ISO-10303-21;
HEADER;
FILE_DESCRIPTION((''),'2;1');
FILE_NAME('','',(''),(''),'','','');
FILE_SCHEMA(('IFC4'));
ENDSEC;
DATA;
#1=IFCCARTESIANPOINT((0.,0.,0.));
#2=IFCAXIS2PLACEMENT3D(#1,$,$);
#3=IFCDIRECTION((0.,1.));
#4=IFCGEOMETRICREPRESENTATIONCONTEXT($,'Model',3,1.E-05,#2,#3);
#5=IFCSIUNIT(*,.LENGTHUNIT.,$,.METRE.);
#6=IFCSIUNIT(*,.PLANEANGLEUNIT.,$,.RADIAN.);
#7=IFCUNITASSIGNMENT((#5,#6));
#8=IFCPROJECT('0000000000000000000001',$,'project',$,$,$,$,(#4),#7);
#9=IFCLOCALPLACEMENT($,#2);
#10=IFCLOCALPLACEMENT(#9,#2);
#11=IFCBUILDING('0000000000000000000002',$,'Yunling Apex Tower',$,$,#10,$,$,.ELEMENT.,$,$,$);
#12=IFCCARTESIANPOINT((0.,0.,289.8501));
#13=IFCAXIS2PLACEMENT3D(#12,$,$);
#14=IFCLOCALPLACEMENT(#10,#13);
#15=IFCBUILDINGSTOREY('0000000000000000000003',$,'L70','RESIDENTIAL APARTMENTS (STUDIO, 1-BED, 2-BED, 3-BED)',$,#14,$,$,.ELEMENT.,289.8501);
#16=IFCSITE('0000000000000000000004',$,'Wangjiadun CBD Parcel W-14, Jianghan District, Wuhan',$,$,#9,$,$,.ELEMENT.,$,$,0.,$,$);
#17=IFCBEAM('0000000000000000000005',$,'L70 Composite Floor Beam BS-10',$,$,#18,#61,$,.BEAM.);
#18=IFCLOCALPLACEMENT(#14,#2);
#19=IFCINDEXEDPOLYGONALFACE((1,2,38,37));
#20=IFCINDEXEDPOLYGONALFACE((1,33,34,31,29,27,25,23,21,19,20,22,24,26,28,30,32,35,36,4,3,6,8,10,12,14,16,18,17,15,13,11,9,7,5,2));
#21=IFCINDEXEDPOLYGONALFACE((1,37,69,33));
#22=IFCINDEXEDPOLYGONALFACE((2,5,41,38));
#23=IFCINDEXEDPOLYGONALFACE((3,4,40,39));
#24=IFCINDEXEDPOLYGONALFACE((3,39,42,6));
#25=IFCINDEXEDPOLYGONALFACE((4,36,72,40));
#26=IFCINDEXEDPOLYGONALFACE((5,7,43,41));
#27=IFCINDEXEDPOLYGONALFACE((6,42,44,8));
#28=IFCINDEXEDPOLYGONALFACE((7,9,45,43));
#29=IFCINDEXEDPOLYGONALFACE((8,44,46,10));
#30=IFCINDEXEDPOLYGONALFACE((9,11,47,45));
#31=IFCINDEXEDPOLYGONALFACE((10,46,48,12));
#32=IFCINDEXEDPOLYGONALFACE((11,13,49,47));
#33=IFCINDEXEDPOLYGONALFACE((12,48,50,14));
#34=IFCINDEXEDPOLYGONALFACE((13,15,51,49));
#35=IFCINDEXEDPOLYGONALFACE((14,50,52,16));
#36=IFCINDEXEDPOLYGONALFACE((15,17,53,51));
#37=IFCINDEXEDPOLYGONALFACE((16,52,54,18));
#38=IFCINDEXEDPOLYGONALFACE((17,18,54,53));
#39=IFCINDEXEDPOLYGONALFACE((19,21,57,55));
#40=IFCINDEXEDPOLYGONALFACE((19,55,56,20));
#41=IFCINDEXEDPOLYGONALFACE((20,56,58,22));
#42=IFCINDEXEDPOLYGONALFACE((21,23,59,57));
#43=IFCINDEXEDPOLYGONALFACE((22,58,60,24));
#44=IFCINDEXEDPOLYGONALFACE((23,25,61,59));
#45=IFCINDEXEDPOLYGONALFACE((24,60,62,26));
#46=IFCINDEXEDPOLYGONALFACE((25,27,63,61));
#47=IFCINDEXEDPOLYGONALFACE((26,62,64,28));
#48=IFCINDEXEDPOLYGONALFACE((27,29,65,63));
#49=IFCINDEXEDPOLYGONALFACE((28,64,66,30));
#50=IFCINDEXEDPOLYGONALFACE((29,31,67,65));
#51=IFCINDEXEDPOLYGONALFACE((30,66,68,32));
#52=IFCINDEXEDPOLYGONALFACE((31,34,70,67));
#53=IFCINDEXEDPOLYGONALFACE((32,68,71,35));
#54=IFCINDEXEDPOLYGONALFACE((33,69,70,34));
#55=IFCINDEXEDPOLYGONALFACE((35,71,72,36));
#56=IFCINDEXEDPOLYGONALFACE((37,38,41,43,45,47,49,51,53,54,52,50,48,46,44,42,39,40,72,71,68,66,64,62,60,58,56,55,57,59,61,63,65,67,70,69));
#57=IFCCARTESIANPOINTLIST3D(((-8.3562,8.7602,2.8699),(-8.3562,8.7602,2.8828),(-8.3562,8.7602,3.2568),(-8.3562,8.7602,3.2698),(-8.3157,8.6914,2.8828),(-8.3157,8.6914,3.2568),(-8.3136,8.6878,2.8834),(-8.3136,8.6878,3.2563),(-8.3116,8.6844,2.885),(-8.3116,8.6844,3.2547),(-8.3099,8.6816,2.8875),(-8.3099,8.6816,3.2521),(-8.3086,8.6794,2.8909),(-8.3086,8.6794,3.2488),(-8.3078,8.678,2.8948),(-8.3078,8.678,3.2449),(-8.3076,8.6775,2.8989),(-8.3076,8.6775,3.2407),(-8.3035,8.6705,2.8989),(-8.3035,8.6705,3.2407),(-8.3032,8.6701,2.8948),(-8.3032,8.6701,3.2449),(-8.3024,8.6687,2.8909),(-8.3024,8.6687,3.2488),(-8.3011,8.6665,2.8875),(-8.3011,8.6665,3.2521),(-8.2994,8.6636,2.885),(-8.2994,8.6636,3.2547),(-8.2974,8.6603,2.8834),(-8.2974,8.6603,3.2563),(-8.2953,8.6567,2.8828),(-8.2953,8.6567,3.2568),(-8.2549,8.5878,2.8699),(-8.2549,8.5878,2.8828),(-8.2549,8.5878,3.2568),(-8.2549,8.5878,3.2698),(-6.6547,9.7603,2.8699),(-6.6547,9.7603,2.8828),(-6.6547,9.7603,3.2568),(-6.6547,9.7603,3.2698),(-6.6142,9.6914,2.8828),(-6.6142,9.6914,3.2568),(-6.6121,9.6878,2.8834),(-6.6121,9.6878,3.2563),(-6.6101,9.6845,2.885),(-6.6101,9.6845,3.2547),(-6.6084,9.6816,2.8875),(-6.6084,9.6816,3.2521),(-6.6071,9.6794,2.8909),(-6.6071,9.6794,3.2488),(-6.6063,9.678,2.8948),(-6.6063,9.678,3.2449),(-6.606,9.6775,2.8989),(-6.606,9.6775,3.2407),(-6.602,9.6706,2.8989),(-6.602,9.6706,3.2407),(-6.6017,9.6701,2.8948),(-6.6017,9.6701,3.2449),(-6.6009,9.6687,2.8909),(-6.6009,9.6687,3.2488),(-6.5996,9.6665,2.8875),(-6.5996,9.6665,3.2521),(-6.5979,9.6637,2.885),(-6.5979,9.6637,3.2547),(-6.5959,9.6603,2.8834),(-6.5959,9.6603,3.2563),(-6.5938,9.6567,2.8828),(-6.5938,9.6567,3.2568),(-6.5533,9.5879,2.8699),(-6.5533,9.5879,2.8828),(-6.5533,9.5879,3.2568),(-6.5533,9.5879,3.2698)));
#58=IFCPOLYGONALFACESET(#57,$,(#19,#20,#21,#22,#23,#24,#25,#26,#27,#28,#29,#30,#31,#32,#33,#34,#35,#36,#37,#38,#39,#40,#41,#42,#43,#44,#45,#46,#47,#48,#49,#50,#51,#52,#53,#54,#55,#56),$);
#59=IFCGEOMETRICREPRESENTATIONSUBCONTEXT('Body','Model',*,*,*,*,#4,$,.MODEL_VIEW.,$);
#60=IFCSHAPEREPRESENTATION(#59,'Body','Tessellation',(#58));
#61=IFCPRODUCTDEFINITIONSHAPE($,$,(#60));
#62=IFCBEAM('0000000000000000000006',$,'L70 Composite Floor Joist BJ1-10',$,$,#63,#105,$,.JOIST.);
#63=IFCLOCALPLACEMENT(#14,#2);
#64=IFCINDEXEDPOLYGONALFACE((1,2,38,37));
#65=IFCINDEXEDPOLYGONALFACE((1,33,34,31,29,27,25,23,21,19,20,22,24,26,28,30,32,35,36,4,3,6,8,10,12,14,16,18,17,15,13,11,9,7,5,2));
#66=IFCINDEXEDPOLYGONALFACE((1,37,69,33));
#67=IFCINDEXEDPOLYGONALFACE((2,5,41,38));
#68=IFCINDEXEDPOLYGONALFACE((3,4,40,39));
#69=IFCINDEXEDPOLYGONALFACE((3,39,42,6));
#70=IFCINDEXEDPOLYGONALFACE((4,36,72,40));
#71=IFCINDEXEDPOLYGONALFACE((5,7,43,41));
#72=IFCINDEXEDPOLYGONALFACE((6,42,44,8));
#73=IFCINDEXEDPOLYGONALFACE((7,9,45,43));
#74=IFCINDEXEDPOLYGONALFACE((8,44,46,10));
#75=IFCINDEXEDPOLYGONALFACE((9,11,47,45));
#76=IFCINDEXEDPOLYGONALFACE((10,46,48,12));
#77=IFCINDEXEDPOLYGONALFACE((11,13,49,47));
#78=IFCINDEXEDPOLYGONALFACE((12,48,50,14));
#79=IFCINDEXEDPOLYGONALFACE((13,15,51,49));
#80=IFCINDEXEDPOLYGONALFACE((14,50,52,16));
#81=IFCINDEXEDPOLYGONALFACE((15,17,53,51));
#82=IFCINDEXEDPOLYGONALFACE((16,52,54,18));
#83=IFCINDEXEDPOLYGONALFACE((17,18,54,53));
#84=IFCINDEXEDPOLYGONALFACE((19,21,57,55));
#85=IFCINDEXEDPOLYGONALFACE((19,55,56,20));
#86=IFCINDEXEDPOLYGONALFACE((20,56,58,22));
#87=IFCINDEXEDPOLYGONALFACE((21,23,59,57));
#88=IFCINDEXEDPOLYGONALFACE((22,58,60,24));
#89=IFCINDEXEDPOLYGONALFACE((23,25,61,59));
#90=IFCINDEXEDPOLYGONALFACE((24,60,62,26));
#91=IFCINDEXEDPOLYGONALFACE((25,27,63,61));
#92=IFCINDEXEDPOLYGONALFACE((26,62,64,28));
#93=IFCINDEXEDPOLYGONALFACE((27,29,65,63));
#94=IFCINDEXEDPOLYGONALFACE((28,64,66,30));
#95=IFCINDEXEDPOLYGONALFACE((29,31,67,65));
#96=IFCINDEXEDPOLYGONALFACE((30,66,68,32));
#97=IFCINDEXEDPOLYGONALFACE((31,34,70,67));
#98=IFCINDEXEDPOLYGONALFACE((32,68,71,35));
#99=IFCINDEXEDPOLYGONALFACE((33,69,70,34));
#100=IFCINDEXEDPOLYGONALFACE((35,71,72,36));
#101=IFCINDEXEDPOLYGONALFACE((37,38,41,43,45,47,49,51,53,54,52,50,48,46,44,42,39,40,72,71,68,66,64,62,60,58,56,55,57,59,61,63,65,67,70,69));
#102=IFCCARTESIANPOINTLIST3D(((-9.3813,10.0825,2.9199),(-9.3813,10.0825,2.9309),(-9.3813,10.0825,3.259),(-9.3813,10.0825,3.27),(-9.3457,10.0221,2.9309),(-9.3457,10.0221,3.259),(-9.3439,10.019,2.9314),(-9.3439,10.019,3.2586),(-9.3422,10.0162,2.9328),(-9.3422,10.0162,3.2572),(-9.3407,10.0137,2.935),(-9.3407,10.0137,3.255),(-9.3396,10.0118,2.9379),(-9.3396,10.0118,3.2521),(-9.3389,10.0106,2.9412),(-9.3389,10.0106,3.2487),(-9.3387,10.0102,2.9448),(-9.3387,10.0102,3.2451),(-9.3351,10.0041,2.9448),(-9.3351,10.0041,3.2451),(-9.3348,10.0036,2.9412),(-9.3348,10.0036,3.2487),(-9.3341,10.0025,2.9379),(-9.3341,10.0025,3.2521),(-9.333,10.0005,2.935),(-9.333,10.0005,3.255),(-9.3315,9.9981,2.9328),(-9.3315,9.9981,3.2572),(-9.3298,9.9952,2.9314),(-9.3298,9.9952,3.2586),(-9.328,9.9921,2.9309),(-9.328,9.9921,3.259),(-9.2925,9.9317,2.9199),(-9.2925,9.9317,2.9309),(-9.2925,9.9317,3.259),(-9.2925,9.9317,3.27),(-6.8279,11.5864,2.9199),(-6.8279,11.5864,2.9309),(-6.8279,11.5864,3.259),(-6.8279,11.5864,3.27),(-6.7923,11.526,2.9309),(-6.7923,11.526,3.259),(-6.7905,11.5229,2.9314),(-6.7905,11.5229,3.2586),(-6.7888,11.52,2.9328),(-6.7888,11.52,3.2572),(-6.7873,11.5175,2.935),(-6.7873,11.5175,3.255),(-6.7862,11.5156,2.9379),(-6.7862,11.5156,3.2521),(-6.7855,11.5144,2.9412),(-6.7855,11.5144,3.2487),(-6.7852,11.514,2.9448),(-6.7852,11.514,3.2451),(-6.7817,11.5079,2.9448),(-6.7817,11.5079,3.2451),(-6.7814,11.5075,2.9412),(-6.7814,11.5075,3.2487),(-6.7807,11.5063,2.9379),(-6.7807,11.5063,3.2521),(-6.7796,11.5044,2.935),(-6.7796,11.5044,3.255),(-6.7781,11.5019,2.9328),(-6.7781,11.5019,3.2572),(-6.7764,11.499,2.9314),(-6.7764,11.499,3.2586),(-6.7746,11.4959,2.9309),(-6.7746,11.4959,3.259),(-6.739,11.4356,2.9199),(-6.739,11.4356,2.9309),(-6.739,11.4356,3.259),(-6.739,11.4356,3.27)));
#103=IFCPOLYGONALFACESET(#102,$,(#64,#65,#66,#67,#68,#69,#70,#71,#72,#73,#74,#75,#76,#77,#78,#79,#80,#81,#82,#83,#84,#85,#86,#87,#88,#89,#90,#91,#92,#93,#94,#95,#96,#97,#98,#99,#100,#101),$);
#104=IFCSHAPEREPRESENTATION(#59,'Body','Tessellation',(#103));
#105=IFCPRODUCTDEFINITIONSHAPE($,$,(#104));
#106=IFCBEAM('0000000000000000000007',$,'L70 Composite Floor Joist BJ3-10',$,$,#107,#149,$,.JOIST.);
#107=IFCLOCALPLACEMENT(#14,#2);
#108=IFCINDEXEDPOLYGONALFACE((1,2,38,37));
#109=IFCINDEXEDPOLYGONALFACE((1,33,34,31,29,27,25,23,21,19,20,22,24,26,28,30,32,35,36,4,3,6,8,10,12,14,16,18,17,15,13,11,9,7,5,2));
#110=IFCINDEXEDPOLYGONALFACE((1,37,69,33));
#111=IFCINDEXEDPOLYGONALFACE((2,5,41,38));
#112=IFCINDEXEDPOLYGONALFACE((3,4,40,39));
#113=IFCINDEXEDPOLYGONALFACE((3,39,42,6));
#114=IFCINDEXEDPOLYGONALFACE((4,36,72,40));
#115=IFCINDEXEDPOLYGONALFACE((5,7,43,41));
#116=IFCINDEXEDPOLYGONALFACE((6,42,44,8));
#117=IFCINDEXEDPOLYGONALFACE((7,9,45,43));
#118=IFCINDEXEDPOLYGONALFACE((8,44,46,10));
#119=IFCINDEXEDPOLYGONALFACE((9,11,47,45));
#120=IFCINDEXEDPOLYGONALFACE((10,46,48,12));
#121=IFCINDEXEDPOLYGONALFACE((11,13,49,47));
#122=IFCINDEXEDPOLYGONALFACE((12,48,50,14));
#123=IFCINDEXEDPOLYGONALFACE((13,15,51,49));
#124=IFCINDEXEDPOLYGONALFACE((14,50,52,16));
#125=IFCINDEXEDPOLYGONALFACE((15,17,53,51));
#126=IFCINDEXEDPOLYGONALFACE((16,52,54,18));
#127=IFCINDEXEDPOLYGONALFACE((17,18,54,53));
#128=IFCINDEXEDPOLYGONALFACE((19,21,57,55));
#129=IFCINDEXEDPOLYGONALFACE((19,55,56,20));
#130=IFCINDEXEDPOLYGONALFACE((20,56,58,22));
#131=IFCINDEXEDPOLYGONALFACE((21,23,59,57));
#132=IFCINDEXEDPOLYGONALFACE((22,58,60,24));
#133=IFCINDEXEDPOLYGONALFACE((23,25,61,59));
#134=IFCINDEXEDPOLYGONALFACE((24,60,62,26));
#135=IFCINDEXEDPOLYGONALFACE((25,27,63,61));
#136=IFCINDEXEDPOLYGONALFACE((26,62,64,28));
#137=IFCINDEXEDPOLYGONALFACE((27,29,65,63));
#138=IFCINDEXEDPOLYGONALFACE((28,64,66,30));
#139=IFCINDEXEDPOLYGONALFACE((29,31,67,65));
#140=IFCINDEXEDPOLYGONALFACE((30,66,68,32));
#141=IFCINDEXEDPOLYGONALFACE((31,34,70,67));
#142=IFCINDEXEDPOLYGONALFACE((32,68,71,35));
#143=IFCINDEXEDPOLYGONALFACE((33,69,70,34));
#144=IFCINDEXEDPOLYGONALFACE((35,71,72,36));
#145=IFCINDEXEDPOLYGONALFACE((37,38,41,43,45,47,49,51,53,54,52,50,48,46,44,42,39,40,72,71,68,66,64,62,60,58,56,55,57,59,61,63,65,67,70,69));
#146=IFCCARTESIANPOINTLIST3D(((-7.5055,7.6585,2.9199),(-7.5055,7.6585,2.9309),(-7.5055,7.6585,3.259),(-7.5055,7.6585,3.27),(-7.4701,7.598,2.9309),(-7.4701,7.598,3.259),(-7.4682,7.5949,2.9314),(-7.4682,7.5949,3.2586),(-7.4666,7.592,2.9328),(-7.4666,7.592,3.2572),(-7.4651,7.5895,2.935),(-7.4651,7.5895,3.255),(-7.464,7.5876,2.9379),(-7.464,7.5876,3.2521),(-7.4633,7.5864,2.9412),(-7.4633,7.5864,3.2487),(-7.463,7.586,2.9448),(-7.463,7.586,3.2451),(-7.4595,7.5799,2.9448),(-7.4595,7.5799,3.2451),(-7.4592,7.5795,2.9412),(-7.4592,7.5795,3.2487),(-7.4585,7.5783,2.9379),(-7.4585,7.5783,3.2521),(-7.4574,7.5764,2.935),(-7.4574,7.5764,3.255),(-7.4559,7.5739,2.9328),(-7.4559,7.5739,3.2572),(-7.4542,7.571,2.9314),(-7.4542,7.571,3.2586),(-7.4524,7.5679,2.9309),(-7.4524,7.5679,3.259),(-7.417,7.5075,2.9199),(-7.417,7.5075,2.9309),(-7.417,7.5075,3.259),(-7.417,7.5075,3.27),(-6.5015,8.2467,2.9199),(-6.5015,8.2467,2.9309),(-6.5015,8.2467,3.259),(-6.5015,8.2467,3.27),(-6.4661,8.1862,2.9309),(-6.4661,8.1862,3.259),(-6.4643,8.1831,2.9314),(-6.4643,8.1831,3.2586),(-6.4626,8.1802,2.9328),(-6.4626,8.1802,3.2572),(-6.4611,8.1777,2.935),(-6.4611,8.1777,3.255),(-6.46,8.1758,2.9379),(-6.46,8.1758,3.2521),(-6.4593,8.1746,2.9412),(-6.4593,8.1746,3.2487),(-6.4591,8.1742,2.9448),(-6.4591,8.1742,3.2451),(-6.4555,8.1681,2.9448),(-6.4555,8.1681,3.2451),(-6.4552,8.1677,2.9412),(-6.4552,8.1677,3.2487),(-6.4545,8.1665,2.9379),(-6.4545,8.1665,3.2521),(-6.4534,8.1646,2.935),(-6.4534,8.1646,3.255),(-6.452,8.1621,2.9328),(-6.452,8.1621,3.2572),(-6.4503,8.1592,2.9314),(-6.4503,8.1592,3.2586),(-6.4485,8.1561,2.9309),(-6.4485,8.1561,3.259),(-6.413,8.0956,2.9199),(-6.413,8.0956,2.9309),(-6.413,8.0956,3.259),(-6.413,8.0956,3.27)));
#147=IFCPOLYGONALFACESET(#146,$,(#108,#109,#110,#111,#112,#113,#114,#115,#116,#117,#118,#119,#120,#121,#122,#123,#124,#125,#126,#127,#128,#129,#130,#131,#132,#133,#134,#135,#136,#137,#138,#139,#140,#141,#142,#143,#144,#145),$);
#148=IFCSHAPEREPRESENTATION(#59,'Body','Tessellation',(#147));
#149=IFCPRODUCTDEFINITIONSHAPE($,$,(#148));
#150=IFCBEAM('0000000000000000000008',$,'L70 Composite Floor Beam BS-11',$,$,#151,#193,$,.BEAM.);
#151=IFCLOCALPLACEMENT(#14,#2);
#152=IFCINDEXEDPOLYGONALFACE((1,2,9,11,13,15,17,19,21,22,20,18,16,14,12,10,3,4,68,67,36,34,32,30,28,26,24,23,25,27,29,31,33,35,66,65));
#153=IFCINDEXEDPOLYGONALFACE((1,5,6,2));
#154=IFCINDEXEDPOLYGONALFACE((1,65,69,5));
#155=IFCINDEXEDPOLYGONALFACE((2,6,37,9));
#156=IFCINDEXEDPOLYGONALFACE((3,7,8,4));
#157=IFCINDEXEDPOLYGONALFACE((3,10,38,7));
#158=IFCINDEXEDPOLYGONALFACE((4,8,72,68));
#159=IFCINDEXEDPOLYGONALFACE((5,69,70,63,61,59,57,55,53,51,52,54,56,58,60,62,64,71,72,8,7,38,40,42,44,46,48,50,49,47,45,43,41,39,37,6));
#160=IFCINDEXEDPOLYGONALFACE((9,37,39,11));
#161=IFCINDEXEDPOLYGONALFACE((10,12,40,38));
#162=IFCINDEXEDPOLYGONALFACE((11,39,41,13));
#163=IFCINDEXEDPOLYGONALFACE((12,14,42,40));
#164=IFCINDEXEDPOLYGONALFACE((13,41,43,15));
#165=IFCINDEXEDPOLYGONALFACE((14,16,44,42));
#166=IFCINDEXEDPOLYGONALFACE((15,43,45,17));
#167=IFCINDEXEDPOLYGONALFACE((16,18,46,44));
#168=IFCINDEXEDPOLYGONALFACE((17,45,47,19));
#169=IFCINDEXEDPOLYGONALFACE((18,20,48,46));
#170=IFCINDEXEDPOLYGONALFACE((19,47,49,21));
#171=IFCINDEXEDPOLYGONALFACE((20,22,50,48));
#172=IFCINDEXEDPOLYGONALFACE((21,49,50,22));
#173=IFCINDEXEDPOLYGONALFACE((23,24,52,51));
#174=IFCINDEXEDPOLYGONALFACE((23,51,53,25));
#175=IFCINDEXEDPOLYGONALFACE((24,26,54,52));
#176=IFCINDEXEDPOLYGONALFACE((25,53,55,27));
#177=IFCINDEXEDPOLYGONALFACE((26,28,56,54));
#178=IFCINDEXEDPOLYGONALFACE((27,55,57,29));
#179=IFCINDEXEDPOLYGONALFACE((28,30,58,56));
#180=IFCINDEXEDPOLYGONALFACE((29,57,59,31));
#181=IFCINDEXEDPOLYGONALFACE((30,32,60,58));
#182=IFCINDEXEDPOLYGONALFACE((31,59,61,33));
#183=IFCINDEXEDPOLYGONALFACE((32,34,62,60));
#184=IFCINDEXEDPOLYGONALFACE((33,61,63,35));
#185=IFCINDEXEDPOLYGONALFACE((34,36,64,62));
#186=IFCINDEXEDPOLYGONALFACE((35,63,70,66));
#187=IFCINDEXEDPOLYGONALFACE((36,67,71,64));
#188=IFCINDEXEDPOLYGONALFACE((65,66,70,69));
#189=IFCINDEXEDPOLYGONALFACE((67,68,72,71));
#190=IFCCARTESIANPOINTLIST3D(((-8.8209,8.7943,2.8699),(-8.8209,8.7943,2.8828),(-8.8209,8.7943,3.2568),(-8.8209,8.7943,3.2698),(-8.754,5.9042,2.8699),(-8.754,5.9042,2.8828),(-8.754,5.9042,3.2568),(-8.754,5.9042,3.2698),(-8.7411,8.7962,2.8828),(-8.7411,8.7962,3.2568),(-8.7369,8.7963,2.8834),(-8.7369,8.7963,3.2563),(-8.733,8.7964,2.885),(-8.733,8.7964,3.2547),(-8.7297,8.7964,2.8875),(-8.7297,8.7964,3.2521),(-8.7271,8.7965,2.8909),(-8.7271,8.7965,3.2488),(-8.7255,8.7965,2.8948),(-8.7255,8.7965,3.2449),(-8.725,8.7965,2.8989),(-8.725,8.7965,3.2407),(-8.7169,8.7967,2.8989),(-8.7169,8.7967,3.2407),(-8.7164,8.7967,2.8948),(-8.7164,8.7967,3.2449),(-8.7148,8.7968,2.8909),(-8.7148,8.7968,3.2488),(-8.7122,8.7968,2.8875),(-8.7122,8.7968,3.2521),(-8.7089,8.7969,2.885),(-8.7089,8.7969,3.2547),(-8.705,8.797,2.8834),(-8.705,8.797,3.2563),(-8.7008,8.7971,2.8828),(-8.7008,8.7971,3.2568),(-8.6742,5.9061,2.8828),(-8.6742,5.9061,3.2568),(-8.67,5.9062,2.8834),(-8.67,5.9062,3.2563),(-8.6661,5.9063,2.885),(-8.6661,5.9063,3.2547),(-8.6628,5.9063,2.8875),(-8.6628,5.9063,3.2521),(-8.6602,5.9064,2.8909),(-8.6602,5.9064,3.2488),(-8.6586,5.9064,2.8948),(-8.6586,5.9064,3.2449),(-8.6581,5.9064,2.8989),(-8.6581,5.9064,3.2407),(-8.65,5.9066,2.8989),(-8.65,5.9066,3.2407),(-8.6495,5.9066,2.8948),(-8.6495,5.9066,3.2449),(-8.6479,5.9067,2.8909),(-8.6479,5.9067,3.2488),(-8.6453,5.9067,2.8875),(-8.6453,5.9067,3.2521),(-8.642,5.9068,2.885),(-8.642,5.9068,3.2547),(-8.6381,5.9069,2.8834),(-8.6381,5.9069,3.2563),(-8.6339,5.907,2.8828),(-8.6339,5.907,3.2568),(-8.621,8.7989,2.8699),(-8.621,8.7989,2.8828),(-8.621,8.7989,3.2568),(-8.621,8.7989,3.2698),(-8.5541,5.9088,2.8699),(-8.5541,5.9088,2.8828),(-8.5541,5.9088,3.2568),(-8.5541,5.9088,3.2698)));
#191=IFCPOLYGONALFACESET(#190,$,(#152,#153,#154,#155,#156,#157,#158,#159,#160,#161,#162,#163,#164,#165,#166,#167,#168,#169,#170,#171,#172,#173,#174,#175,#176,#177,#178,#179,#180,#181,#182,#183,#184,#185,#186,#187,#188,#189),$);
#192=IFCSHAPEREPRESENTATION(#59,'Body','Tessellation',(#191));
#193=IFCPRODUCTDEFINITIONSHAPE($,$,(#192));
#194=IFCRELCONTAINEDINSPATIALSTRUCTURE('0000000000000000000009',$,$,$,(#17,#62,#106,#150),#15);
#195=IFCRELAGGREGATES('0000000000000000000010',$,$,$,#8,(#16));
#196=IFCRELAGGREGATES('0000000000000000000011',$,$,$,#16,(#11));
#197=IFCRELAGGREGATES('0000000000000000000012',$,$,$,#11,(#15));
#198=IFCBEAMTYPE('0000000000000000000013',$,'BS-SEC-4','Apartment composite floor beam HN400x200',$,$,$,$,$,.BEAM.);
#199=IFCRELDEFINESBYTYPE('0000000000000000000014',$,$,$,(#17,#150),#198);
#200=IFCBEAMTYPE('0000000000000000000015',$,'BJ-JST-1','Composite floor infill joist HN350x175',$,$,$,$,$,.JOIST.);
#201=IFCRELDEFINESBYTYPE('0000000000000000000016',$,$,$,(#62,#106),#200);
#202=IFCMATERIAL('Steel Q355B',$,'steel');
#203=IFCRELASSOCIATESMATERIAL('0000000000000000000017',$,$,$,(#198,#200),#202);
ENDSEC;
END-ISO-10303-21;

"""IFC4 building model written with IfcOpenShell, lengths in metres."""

from ifc_helpers import new_model, si_unit, direction, frame, origin, origin_2d, place, context, subcontext, project, spatial, i_section, extrude, source, transform, mapped, material, material_profile, profile_set, type_object, element, save


model = new_model("IFC4")

# Units and contexts
model_context = context("Model", 3, precision=1e-05, world=origin(), true_north=direction((0.0, 1.0)))
body_context = subcontext(model_context, "Body", "Model", "MODEL_VIEW")
ifc_project = project(units=[si_unit("LENGTHUNIT", "METRE"), si_unit("PLANEANGLEUNIT", "RADIAN")], contexts=[model_context])

# Site, building, storey
site_placement = place(None, origin())
site = spatial("IfcSite", under=ifc_project, at=site_placement, Name="Wangjiadun CBD Parcel W-14, Jianghan District, Wuhan", CompositionType="ELEMENT", RefElevation=0.0)
building_placement = place(site_placement, origin())
building = spatial("IfcBuilding", under=site, at=building_placement, Name="Yunling Apex Tower", CompositionType="ELEMENT")
storey_placement = place(building_placement, frame((0.0, 0.0, 289.8501)))
storey = spatial("IfcBuildingStorey", under=building, at=storey_placement, Name="L70", Description="RESIDENTIAL APARTMENTS (STUDIO, 1-BED, 2-BED, 3-BED)", CompositionType="ELEMENT", Elevation=289.8501)

# Shared definitions
ifc_material_1 = material(Name="Steel Q355B", Category="steel")

# Beams
ifc_material_profile_1 = material_profile(ifc_material_1, i_section(OverallWidth=0.2, OverallDepth=0.3999, WebThickness=0.0081, FlangeThickness=0.0129, FilletRadius=0.0161, at=origin_2d()))
ifc_profile_set_1 = profile_set([ifc_material_profile_1], Name="Steel Q355B")
beam_type_1 = type_object("IfcBeamType", Name="BS-SEC-4", Description="Apartment composite floor beam HN400x200", PredefinedType="BEAM", material=ifc_profile_set_1)
ifc_material_profile_2 = material_profile(ifc_material_1, i_section(OverallWidth=0.175, OverallDepth=0.3501, WebThickness=0.0071, FlangeThickness=0.011, FilletRadius=0.0139, at=origin_2d()))
ifc_profile_set_2 = profile_set([ifc_material_profile_2], Name="Steel Q355B")
beam_type_2 = type_object("IfcBeamType", Name="BJ-JST-1", Description="Composite floor infill joist HN350x175", PredefinedType="JOIST", material=ifc_profile_set_2)
shared_shape_1 = source(origin(), body_context, "Body", "SweptSolid", [
    extrude(i_section(OverallWidth=0.2, OverallDepth=0.3999, WebThickness=0.0081, FlangeThickness=0.0129, FilletRadius=0.0161, at=origin_2d()), origin(), (0.0, 0.0, 1.0), 1.9736),
])
beam_1_placement = place(storey_placement, frame((-6.604, 9.6741, 3.0698), z_axis=(-0.862119, -0.506707, 0.0), x_axis=(0.506707, -0.862119, 0.0)))
element("IfcBeam", 1, at=beam_1_placement, inside=storey, type_object=beam_type_1, Name="L70 Composite Floor Beam BS-10", PredefinedType="BEAM", context=body_context, shape_type="MappedRepresentation", body=[
    mapped(shared_shape_1, transform((0.0, 0.0, 0.0), scale=1.0)),
])
shared_shape_2 = source(origin(), body_context, "Body", "SweptSolid", [
    extrude(i_section(OverallWidth=0.175, OverallDepth=0.3501, WebThickness=0.0071, FlangeThickness=0.011, FilletRadius=0.0139, at=origin_2d()), origin(), (0.0, 0.0, 1.0), 2.9634),
])
beam_2_placement = place(storey_placement, frame((-6.7834, 11.511, 3.095), z_axis=(-0.861659, -0.507488, 0.0), x_axis=(0.507488, -0.861659, 0.0)))
element("IfcBeam", 2, at=beam_2_placement, inside=storey, type_object=beam_type_2, Name="L70 Composite Floor Joist BJ1-10", PredefinedType="JOIST", context=body_context, shape_type="MappedRepresentation", body=[
    mapped(shared_shape_2, transform((0.0, 0.0, 0.0), scale=1.0)),
])
shared_shape_3 = source(origin(), body_context, "Body", "SweptSolid", [
    extrude(i_section(OverallWidth=0.175, OverallDepth=0.3501, WebThickness=0.0071, FlangeThickness=0.011, FilletRadius=0.0139, at=origin_2d()), origin(), (0.0, 0.0, 1.0), 1.1636),
])
beam_3_placement = place(storey_placement, frame((-6.4573, 8.1711, 3.095), z_axis=(-0.862834, -0.505488, 0.0), x_axis=(0.505488, -0.862834, 0.0)))
element("IfcBeam", 3, at=beam_3_placement, inside=storey, type_object=beam_type_2, Name="L70 Composite Floor Joist BJ3-10", PredefinedType="JOIST", context=body_context, shape_type="MappedRepresentation", body=[
    mapped(shared_shape_3, transform((0.0, 0.0, 0.0), scale=1.0)),
])
shared_shape_4 = source(origin(), body_context, "Body", "SweptSolid", [
    extrude(i_section(OverallWidth=0.2, OverallDepth=0.3999, WebThickness=0.0081, FlangeThickness=0.0129, FilletRadius=0.0161, at=origin_2d()), origin(), (0.0, 0.0, 1.0), 2.8909),
])
beam_4_placement = place(storey_placement, frame((-8.7209, 8.7966, 3.0698), z_axis=(0.02314, -0.999732, 0.0), x_axis=(0.999732, 0.02314, 0.0)))
element("IfcBeam", 4, at=beam_4_placement, inside=storey, type_object=beam_type_1, Name="L70 Composite Floor Beam BS-11", PredefinedType="BEAM", context=body_context, shape_type="MappedRepresentation", body=[
    mapped(shared_shape_4, transform((0.0, 0.0, 0.0), scale=1.0)),
])

save(model, "model.ifc")
